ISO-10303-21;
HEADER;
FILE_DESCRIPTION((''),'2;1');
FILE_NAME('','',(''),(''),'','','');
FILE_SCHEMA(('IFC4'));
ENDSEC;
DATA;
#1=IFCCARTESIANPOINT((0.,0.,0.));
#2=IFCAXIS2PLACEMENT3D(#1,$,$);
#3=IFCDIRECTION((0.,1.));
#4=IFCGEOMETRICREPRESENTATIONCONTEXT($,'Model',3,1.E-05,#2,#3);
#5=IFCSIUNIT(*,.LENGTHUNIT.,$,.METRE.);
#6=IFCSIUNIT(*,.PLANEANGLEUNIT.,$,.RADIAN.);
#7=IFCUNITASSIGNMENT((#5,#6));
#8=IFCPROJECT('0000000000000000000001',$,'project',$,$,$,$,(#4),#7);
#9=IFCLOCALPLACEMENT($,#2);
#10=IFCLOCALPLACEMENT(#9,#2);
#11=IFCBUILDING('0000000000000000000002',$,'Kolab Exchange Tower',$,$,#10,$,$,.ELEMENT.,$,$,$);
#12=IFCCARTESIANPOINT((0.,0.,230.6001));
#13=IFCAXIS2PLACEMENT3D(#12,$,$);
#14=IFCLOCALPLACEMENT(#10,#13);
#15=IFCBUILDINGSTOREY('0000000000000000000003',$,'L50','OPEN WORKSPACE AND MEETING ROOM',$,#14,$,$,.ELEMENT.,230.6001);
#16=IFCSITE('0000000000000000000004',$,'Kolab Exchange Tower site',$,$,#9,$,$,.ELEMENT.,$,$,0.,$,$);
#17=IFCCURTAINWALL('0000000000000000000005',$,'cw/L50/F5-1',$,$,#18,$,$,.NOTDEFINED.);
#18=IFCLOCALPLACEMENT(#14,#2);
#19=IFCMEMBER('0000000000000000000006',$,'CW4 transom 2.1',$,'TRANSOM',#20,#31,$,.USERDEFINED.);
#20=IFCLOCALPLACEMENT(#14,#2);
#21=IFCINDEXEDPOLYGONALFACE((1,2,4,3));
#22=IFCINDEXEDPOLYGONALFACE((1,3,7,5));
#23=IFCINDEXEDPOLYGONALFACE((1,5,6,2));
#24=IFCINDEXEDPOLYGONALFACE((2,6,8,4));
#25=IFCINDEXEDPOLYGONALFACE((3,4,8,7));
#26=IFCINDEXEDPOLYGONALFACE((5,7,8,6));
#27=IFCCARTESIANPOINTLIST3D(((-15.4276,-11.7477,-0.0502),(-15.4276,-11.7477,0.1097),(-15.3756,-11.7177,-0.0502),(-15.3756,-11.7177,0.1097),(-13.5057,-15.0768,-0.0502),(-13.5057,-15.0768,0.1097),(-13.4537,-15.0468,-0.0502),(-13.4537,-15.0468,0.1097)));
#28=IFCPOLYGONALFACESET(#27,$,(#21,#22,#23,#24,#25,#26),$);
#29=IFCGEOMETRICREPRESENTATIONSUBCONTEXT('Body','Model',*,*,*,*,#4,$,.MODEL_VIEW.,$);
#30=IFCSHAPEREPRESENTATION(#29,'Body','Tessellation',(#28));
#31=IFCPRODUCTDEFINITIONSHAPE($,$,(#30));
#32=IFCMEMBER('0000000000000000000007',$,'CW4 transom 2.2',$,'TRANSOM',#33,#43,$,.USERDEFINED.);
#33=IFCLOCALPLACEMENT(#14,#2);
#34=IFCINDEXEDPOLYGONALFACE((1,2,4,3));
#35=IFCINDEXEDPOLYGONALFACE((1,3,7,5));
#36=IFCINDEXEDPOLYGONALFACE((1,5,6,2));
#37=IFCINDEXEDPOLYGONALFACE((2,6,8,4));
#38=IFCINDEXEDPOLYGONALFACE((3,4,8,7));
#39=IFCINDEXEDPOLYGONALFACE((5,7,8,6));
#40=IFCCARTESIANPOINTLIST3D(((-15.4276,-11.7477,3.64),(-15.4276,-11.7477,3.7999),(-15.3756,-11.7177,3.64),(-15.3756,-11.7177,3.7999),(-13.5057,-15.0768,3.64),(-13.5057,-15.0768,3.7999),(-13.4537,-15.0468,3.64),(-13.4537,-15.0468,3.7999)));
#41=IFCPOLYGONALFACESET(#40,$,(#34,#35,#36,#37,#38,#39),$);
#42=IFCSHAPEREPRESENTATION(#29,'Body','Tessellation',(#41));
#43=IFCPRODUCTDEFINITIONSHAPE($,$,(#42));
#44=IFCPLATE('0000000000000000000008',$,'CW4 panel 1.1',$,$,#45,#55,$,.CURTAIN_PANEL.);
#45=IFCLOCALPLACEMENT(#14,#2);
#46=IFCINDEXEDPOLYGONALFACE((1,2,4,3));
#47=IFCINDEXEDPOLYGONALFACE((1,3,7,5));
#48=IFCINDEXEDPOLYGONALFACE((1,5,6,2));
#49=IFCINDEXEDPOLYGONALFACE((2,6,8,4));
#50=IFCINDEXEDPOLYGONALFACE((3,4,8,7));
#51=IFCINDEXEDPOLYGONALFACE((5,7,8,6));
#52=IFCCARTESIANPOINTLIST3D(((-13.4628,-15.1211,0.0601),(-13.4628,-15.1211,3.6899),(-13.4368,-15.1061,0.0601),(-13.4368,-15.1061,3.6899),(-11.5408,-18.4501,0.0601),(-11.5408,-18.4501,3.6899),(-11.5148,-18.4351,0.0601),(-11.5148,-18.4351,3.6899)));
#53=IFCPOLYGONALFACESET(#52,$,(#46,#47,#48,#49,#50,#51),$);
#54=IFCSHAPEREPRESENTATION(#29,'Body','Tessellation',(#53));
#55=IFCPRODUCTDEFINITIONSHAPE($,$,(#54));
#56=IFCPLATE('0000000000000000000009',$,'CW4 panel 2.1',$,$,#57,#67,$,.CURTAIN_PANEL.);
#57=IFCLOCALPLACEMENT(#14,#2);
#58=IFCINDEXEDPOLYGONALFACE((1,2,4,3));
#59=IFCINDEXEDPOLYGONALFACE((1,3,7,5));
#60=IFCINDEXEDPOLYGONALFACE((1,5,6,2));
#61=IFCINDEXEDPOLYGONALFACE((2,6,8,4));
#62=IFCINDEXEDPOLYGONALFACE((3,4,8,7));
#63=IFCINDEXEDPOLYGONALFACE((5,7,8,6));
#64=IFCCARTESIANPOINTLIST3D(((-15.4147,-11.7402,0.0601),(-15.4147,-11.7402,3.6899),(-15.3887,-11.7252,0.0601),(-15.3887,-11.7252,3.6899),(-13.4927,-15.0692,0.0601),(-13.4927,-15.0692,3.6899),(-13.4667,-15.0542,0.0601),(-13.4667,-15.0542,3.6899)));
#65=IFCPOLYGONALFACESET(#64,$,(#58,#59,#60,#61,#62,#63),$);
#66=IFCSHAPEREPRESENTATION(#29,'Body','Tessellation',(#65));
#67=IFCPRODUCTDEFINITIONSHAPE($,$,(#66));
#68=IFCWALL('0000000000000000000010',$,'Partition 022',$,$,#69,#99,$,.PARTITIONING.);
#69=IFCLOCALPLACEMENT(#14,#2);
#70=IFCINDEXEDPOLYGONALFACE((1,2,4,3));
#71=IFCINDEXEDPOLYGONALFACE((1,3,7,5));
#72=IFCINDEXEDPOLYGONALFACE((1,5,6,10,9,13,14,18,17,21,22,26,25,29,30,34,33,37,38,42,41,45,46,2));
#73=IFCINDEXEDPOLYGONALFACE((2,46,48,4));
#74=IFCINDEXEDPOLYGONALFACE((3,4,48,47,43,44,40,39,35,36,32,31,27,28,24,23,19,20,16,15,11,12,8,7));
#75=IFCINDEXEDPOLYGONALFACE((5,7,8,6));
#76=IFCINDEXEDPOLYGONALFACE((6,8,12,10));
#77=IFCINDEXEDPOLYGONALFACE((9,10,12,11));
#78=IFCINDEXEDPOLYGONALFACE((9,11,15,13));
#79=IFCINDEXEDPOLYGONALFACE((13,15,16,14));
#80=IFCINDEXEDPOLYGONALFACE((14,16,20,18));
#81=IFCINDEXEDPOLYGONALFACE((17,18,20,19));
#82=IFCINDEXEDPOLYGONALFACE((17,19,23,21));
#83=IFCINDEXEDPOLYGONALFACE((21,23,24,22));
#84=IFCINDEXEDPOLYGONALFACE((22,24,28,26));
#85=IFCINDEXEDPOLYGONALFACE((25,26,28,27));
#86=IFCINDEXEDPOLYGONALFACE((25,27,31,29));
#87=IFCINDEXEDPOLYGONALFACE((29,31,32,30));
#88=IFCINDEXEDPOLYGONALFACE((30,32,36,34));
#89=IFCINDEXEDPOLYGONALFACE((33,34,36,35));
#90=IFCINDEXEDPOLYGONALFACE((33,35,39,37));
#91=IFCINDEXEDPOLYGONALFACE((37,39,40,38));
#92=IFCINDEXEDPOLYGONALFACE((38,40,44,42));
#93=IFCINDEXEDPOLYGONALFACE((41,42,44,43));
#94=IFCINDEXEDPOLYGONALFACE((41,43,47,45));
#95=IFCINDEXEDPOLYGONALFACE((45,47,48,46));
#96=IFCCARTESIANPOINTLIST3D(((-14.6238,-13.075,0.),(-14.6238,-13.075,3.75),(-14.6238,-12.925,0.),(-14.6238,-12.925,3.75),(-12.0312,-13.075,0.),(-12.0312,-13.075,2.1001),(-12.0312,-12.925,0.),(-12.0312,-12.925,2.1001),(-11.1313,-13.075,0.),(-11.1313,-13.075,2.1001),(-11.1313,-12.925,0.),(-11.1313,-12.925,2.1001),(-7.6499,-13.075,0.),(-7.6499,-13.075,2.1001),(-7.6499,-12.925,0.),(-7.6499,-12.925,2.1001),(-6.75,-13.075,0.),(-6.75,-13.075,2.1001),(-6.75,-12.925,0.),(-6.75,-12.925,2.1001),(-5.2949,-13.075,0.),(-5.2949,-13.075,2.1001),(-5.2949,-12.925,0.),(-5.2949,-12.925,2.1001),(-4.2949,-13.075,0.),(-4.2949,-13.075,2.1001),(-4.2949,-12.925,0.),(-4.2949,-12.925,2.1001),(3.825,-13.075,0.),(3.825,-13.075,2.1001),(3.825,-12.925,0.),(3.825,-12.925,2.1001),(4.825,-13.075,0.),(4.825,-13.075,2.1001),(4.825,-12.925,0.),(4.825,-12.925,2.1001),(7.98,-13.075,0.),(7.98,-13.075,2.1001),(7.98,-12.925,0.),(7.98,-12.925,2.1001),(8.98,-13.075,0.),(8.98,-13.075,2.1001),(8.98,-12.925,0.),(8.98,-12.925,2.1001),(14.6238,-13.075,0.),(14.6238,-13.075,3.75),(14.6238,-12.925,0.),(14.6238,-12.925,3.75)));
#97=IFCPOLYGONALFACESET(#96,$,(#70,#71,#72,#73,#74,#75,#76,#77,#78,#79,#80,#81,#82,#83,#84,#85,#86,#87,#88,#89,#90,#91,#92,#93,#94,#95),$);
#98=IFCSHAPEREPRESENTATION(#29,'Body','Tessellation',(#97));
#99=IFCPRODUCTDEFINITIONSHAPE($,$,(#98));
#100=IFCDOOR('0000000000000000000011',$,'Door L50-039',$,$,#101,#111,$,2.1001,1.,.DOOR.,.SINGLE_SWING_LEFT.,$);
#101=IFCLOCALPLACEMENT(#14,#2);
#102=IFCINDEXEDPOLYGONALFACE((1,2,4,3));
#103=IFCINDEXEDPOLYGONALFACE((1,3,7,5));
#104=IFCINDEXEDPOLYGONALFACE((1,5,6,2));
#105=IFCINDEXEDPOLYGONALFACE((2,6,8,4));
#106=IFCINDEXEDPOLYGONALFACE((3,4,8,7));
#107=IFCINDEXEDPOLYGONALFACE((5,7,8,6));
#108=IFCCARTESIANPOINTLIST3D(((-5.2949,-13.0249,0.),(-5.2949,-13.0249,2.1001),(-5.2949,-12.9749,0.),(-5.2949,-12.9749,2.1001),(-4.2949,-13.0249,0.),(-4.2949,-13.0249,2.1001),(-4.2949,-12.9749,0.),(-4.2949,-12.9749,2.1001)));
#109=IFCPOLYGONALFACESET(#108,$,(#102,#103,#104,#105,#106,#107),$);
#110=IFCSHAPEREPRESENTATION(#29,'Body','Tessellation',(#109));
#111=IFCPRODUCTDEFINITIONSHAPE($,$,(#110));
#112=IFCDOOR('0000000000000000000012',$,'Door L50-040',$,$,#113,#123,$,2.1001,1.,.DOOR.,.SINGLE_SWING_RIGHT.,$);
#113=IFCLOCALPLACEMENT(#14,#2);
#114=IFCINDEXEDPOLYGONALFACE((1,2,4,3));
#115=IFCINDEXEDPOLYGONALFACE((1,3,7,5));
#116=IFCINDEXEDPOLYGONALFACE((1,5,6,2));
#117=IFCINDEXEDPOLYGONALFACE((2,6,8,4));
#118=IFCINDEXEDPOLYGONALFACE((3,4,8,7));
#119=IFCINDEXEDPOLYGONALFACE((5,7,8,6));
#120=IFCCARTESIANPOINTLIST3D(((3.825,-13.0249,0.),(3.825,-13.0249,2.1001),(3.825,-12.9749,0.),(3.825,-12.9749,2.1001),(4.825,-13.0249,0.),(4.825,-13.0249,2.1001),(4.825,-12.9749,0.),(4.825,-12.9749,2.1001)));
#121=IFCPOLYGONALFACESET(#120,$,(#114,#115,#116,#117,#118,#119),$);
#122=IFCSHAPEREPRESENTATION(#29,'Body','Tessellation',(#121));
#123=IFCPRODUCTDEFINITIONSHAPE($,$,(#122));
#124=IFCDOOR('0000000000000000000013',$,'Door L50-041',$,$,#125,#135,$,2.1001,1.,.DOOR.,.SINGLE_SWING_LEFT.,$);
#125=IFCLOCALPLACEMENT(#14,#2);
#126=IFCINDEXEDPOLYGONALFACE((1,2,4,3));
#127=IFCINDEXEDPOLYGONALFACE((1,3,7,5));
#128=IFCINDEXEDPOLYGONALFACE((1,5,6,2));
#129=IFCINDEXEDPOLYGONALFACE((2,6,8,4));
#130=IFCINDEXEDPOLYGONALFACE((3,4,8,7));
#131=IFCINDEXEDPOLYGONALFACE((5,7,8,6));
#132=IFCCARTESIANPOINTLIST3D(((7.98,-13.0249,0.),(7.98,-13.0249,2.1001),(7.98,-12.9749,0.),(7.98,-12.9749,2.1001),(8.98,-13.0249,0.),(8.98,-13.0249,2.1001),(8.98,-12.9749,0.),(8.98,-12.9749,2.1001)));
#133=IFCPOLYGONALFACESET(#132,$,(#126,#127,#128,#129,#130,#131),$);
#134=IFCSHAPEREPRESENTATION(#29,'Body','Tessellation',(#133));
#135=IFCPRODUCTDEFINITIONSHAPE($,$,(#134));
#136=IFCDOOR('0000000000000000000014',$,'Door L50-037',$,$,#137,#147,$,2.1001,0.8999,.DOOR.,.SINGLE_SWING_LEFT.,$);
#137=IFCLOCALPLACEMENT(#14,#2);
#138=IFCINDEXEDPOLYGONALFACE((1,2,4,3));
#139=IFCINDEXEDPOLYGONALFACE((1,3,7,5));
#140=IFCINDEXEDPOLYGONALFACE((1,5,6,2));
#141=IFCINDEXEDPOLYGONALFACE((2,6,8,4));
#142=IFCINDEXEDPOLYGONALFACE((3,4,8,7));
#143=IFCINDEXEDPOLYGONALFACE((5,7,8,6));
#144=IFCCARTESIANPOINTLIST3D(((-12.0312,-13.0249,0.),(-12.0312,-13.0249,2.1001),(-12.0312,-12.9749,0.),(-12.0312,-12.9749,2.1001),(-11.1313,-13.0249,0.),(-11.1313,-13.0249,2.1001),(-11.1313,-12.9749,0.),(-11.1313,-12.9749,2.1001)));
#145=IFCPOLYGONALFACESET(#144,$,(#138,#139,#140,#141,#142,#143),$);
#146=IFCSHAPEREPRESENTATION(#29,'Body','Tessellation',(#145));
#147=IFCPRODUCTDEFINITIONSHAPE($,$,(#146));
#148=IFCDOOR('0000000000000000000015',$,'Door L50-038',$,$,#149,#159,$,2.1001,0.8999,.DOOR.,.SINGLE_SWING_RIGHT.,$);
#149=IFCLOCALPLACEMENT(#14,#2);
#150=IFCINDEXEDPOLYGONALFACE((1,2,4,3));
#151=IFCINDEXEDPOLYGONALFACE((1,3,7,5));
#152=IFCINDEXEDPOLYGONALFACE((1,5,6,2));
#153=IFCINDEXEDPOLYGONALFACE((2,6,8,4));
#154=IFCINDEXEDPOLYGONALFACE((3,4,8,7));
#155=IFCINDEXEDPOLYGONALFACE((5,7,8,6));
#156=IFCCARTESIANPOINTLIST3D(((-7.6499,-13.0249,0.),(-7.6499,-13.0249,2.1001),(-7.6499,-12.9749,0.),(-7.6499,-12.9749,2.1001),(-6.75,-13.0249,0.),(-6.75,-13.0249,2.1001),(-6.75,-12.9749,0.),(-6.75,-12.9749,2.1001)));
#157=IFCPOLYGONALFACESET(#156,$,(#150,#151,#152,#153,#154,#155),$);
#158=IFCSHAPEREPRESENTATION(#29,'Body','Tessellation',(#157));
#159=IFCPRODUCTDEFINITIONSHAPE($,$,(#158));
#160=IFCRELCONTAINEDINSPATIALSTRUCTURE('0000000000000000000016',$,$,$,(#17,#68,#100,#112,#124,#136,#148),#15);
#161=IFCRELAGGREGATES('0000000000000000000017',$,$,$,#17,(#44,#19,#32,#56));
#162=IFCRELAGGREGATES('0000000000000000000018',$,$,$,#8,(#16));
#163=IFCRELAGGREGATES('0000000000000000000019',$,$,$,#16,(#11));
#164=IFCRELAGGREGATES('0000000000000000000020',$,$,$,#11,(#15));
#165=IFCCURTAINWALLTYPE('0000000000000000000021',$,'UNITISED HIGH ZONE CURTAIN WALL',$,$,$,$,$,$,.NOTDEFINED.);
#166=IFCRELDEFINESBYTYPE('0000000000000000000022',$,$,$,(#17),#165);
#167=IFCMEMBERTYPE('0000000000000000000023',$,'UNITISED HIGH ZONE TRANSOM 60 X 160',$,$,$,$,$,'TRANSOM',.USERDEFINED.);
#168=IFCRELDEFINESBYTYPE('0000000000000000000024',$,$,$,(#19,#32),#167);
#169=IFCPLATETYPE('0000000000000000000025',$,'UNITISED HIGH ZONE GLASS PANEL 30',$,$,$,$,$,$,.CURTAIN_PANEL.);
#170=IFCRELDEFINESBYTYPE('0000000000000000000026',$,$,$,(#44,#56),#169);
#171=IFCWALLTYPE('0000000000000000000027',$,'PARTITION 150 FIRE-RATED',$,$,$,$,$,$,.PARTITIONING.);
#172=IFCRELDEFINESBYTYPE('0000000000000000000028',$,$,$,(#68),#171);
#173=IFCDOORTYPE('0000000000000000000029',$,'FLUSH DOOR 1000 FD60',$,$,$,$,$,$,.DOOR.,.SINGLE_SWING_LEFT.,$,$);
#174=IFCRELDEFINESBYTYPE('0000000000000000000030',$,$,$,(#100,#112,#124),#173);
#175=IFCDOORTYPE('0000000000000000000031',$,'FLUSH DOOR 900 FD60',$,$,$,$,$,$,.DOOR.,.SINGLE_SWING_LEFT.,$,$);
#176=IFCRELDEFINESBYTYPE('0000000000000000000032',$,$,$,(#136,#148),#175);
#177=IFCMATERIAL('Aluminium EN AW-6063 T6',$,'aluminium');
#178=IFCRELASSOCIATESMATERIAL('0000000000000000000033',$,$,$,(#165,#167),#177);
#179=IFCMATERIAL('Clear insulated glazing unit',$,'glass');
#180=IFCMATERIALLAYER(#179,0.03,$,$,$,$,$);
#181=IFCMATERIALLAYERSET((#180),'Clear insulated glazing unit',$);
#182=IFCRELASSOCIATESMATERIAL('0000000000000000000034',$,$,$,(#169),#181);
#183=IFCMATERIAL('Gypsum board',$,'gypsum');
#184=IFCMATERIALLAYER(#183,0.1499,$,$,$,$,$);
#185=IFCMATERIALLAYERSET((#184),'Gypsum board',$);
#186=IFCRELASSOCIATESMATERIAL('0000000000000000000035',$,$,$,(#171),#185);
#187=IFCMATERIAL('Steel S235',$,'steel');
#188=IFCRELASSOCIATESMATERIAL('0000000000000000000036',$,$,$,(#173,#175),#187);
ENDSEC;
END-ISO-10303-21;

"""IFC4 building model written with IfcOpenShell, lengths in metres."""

from ifc_helpers import new_model, si_unit, direction, frame, frame_2d, origin, origin_2d, place, context, subcontext, project, spatial, rectangle, extrude, material, layer, layer_set, material_profile, profile_set, type_object, element, fill, aggregate, save


model = new_model("IFC4")

# Units and contexts
model_context = context("Model", 3, precision=1e-05, world=origin(), true_north=direction((0.0, 1.0)))
body_context = subcontext(model_context, "Body", "Model", "MODEL_VIEW")
ifc_project = project(units=[si_unit("LENGTHUNIT", "METRE"), si_unit("PLANEANGLEUNIT", "RADIAN")], contexts=[model_context])

# Site, building, storey
site_placement = place(None, origin())
site = spatial("IfcSite", under=ifc_project, at=site_placement, Name="Kolab Exchange Tower site", CompositionType="ELEMENT", RefElevation=0.0)
building_placement = place(site_placement, origin())
building = spatial("IfcBuilding", under=site, at=building_placement, Name="Kolab Exchange Tower", CompositionType="ELEMENT")
storey_placement = place(building_placement, frame((0.0, 0.0, 230.6001)))
storey = spatial("IfcBuildingStorey", under=building, at=storey_placement, Name="L50", Description="OPEN WORKSPACE AND MEETING ROOM", CompositionType="ELEMENT", Elevation=230.6001)

# Curtain wall
ifc_material_1 = material(Name="Aluminium EN AW-6063 T6", Category="aluminium")
curtain_wall_type = type_object("IfcCurtainWallType", Name="UNITISED HIGH ZONE CURTAIN WALL", PredefinedType="NOTDEFINED", material=ifc_material_1)
curtain_wall_1_placement = place(storey_placement, origin())
curtain_wall_1 = element("IfcCurtainWall", 1, at=curtain_wall_1_placement, inside=storey, type_object=curtain_wall_type, Name="cw/L50/F5-1", PredefinedType="NOTDEFINED")

# Members
ifc_material_profile_1 = material_profile(ifc_material_1, rectangle(XDim=0.0601, YDim=0.1599, at=origin_2d()), Name="RECT 60X160")
ifc_profile_set_1 = profile_set([ifc_material_profile_1], Name="Aluminium EN AW-6063 T6")
member_type_1 = type_object("IfcMemberType", Name="UNITISED HIGH ZONE TRANSOM 60 X 160", ElementType="TRANSOM", PredefinedType="USERDEFINED", material=ifc_profile_set_1)
member_1_placement = place(storey_placement, frame((-13.4797, -15.0618, 0.0298), z_axis=(-0.499964, 0.866046, 0.0), x_axis=(-0.866046, -0.499964, 0.0)))
member_1 = element("IfcMember", 2, at=member_1_placement, type_object=member_type_1, Name="CW4 transom 2.1", ObjectType="TRANSOM", PredefinedType="USERDEFINED", context=body_context, shape_type="SweptSolid", body=[
    extrude(rectangle(XDim=0.0601, YDim=0.1599, at=origin_2d()), origin(), (0.0, 0.0, 1.0), 3.844),
])
member_2_placement = place(storey_placement, frame((-13.4797, -15.0618, 3.72), z_axis=(-0.499964, 0.866046, 0.0), x_axis=(-0.866046, -0.499964, 0.0)))
member_2 = element("IfcMember", 3, at=member_2_placement, type_object=member_type_1, Name="CW4 transom 2.2", ObjectType="TRANSOM", PredefinedType="USERDEFINED", context=body_context, shape_type="SweptSolid", body=[
    extrude(rectangle(XDim=0.0601, YDim=0.1599, at=origin_2d()), origin(), (0.0, 0.0, 1.0), 3.844),
])

# Plates
ifc_material_2 = material(Name="Clear insulated glazing unit", Category="glass")
ifc_layer_1 = layer(ifc_material_2, 0.03)
ifc_layer_set_1 = layer_set([ifc_layer_1], Name="Clear insulated glazing unit")
plate_type = type_object("IfcPlateType", Name="UNITISED HIGH ZONE GLASS PANEL 30", PredefinedType="CURTAIN_PANEL", material=ifc_layer_set_1)
plate_1_placement = place(storey_placement, frame((-12.4888, -16.7781, 0.0601), z_axis=(0.0, 0.0, 1.0), x_axis=(-0.5, 0.866025, 0.0)))
plate_1 = element("IfcPlate", 4, at=plate_1_placement, type_object=plate_type, Name="CW4 panel 1.1", PredefinedType="CURTAIN_PANEL", context=body_context, shape_type="SweptSolid", body=[
    extrude(rectangle(XDim=3.844, YDim=0.03, at=origin_2d()), origin(), (0.0, 0.0, 1.0), 3.6299),
])
plate_2_placement = place(storey_placement, frame((-14.4407, -13.3972, 0.0601), z_axis=(0.0, 0.0, 1.0), x_axis=(-0.5, 0.866025, 0.0)))
plate_2 = element("IfcPlate", 5, at=plate_2_placement, type_object=plate_type, Name="CW4 panel 2.1", PredefinedType="CURTAIN_PANEL", context=body_context, shape_type="SweptSolid", body=[
    extrude(rectangle(XDim=3.844, YDim=0.03, at=origin_2d()), origin(), (0.0, 0.0, 1.0), 3.6299),
])
aggregate(curtain_wall_1, [plate_1, member_1, member_2, plate_2])

# Wall, openings, doors
ifc_material_3 = material(Name="Gypsum board", Category="gypsum")
ifc_layer_2 = layer(ifc_material_3, 0.1499)
ifc_layer_set_2 = layer_set([ifc_layer_2], Name="Gypsum board")
wall_type_1 = type_object("IfcWallType", Name="PARTITION 150 FIRE-RATED", PredefinedType="PARTITIONING", material=ifc_layer_set_2)
wall_1_placement = place(storey_placement, frame((-14.6238, -13.0, 0.0), z_axis=(0.0, 0.0, 1.0), x_axis=(1.0, 0.0, 0.0)))
wall_1 = element("IfcWall", 6, at=wall_1_placement, inside=storey, type_object=wall_type_1, Name="Partition 022", PredefinedType="PARTITIONING", context=body_context, shape_type="SweptSolid", body=[
    extrude(rectangle(XDim=29.2476, YDim=0.1499, at=frame_2d((14.6238, 0.0))), origin(), (0.0, 0.0, 1.0), 3.75),
])
opening_1_placement = place(wall_1_placement, frame((2.5925, 0.0, 0.0)))
opening_1 = element("IfcOpeningElement", 7, at=opening_1_placement, cuts=wall_1, PredefinedType="OPENING", context=body_context, shape_type="SweptSolid", body=[
    extrude(rectangle(XDim=0.8999, YDim=2.1001, at=frame_2d((0.45, 1.05))), frame((0.0, 0.085, 0.0), z_axis=(0.0, -1.0, 0.0), x_axis=(1.0, 0.0, 0.0)), (0.0, 0.0, 1.0), 0.1699),
])
opening_2_placement = place(wall_1_placement, frame((6.9739, 0.0, 0.0)))
opening_2 = element("IfcOpeningElement", 8, at=opening_2_placement, cuts=wall_1, PredefinedType="OPENING", context=body_context, shape_type="SweptSolid", body=[
    extrude(rectangle(XDim=0.8999, YDim=2.1001, at=frame_2d((0.45, 1.05))), frame((0.0, 0.085, 0.0), z_axis=(0.0, -1.0, 0.0), x_axis=(1.0, 0.0, 0.0)), (0.0, 0.0, 1.0), 0.1699),
])
opening_3_placement = place(wall_1_placement, frame((9.3289, 0.0, 0.0)))
opening_3 = element("IfcOpeningElement", 9, at=opening_3_placement, cuts=wall_1, PredefinedType="OPENING", context=body_context, shape_type="SweptSolid", body=[
    extrude(rectangle(XDim=1.0, YDim=2.1001, at=frame_2d((0.5, 1.05))), frame((0.0, 0.085, 0.0), z_axis=(0.0, -1.0, 0.0), x_axis=(1.0, 0.0, 0.0)), (0.0, 0.0, 1.0), 0.1699),
])
opening_4_placement = place(wall_1_placement, frame((18.4487, 0.0, 0.0)))
opening_4 = element("IfcOpeningElement", 10, at=opening_4_placement, cuts=wall_1, PredefinedType="OPENING", context=body_context, shape_type="SweptSolid", body=[
    extrude(rectangle(XDim=1.0, YDim=2.1001, at=frame_2d((0.5, 1.05))), frame((0.0, 0.085, 0.0), z_axis=(0.0, -1.0, 0.0), x_axis=(1.0, 0.0, 0.0)), (0.0, 0.0, 1.0), 0.1699),
])
opening_5_placement = place(wall_1_placement, frame((22.6038, 0.0, 0.0)))
opening_5 = element("IfcOpeningElement", 11, at=opening_5_placement, cuts=wall_1, PredefinedType="OPENING", context=body_context, shape_type="SweptSolid", body=[
    extrude(rectangle(XDim=1.0, YDim=2.1001, at=frame_2d((0.5, 1.05))), frame((0.0, 0.085, 0.0), z_axis=(0.0, -1.0, 0.0), x_axis=(1.0, 0.0, 0.0)), (0.0, 0.0, 1.0), 0.1699),
])
ifc_material_4 = material(Name="Steel S235", Category="steel")
door_type_1 = type_object("IfcDoorType", Name="FLUSH DOOR 1000 FD60", OperationType="SINGLE_SWING_LEFT", PredefinedType="DOOR", material=ifc_material_4)
door_1_placement = place(opening_3_placement, frame((1.0, 0.0, 0.0), z_axis=(0.0, 0.0, 1.0), x_axis=(-1.0, 0.0, 0.0)))
door_1 = element("IfcDoor", 12, at=door_1_placement, inside=storey, type_object=door_type_1, Name="Door L50-039", OperationType="SINGLE_SWING_LEFT", OverallHeight=2.1001, OverallWidth=1.0, PredefinedType="DOOR", context=body_context, shape_type="SweptSolid", body=[
    extrude(rectangle(XDim=1.0, YDim=2.1001, at=frame_2d((0.5, 1.05))), frame((0.0, 0.0249, 0.0), z_axis=(0.0, -1.0, 0.0), x_axis=(1.0, 0.0, 0.0)), (0.0, 0.0, 1.0), 0.05),
])
fill(opening_3, door_1)
door_2_placement = place(opening_4_placement, frame((1.0, 0.0, 0.0), z_axis=(0.0, 0.0, 1.0), x_axis=(-1.0, 0.0, 0.0)))
door_2 = element("IfcDoor", 13, at=door_2_placement, inside=storey, type_object=door_type_1, Name="Door L50-040", OperationType="SINGLE_SWING_RIGHT", OverallHeight=2.1001, OverallWidth=1.0, PredefinedType="DOOR", context=body_context, shape_type="SweptSolid", body=[
    extrude(rectangle(XDim=1.0, YDim=2.1001, at=frame_2d((0.5, 1.05))), frame((0.0, 0.0249, 0.0), z_axis=(0.0, -1.0, 0.0), x_axis=(1.0, 0.0, 0.0)), (0.0, 0.0, 1.0), 0.05),
])
fill(opening_4, door_2)
door_3_placement = place(opening_5_placement, frame((1.0, 0.0, 0.0), z_axis=(0.0, 0.0, 1.0), x_axis=(-1.0, 0.0, 0.0)))
door_3 = element("IfcDoor", 14, at=door_3_placement, inside=storey, type_object=door_type_1, Name="Door L50-041", OperationType="SINGLE_SWING_LEFT", OverallHeight=2.1001, OverallWidth=1.0, PredefinedType="DOOR", context=body_context, shape_type="SweptSolid", body=[
    extrude(rectangle(XDim=1.0, YDim=2.1001, at=frame_2d((0.5, 1.05))), frame((0.0, 0.0249, 0.0), z_axis=(0.0, -1.0, 0.0), x_axis=(1.0, 0.0, 0.0)), (0.0, 0.0, 1.0), 0.05),
])
fill(opening_5, door_3)
door_type_2 = type_object("IfcDoorType", Name="FLUSH DOOR 900 FD60", OperationType="SINGLE_SWING_LEFT", PredefinedType="DOOR", material=ifc_material_4)
door_4_placement = place(opening_1_placement, frame((0.8999, 0.0, 0.0), z_axis=(0.0, 0.0, 1.0), x_axis=(-1.0, 0.0, 0.0)))
door_4 = element("IfcDoor", 15, at=door_4_placement, inside=storey, type_object=door_type_2, Name="Door L50-037", OperationType="SINGLE_SWING_LEFT", OverallHeight=2.1001, OverallWidth=0.8999, PredefinedType="DOOR", context=body_context, shape_type="SweptSolid", body=[
    extrude(rectangle(XDim=0.8999, YDim=2.1001, at=frame_2d((0.45, 1.05))), frame((0.0, 0.0249, 0.0), z_axis=(0.0, -1.0, 0.0), x_axis=(1.0, 0.0, 0.0)), (0.0, 0.0, 1.0), 0.05),
])
fill(opening_1, door_4)
door_5_placement = place(opening_2_placement, frame((0.8999, 0.0, 0.0), z_axis=(0.0, 0.0, 1.0), x_axis=(-1.0, 0.0, 0.0)))
door_5 = element("IfcDoor", 16, at=door_5_placement, inside=storey, type_object=door_type_2, Name="Door L50-038", OperationType="SINGLE_SWING_RIGHT", OverallHeight=2.1001, OverallWidth=0.8999, PredefinedType="DOOR", context=body_context, shape_type="SweptSolid", body=[
    extrude(rectangle(XDim=0.8999, YDim=2.1001, at=frame_2d((0.45, 1.05))), frame((0.0, 0.0249, 0.0), z_axis=(0.0, -1.0, 0.0), x_axis=(1.0, 0.0, 0.0)), (0.0, 0.0, 1.0), 0.05),
])
fill(opening_2, door_5)

save(model, "model.ifc")
